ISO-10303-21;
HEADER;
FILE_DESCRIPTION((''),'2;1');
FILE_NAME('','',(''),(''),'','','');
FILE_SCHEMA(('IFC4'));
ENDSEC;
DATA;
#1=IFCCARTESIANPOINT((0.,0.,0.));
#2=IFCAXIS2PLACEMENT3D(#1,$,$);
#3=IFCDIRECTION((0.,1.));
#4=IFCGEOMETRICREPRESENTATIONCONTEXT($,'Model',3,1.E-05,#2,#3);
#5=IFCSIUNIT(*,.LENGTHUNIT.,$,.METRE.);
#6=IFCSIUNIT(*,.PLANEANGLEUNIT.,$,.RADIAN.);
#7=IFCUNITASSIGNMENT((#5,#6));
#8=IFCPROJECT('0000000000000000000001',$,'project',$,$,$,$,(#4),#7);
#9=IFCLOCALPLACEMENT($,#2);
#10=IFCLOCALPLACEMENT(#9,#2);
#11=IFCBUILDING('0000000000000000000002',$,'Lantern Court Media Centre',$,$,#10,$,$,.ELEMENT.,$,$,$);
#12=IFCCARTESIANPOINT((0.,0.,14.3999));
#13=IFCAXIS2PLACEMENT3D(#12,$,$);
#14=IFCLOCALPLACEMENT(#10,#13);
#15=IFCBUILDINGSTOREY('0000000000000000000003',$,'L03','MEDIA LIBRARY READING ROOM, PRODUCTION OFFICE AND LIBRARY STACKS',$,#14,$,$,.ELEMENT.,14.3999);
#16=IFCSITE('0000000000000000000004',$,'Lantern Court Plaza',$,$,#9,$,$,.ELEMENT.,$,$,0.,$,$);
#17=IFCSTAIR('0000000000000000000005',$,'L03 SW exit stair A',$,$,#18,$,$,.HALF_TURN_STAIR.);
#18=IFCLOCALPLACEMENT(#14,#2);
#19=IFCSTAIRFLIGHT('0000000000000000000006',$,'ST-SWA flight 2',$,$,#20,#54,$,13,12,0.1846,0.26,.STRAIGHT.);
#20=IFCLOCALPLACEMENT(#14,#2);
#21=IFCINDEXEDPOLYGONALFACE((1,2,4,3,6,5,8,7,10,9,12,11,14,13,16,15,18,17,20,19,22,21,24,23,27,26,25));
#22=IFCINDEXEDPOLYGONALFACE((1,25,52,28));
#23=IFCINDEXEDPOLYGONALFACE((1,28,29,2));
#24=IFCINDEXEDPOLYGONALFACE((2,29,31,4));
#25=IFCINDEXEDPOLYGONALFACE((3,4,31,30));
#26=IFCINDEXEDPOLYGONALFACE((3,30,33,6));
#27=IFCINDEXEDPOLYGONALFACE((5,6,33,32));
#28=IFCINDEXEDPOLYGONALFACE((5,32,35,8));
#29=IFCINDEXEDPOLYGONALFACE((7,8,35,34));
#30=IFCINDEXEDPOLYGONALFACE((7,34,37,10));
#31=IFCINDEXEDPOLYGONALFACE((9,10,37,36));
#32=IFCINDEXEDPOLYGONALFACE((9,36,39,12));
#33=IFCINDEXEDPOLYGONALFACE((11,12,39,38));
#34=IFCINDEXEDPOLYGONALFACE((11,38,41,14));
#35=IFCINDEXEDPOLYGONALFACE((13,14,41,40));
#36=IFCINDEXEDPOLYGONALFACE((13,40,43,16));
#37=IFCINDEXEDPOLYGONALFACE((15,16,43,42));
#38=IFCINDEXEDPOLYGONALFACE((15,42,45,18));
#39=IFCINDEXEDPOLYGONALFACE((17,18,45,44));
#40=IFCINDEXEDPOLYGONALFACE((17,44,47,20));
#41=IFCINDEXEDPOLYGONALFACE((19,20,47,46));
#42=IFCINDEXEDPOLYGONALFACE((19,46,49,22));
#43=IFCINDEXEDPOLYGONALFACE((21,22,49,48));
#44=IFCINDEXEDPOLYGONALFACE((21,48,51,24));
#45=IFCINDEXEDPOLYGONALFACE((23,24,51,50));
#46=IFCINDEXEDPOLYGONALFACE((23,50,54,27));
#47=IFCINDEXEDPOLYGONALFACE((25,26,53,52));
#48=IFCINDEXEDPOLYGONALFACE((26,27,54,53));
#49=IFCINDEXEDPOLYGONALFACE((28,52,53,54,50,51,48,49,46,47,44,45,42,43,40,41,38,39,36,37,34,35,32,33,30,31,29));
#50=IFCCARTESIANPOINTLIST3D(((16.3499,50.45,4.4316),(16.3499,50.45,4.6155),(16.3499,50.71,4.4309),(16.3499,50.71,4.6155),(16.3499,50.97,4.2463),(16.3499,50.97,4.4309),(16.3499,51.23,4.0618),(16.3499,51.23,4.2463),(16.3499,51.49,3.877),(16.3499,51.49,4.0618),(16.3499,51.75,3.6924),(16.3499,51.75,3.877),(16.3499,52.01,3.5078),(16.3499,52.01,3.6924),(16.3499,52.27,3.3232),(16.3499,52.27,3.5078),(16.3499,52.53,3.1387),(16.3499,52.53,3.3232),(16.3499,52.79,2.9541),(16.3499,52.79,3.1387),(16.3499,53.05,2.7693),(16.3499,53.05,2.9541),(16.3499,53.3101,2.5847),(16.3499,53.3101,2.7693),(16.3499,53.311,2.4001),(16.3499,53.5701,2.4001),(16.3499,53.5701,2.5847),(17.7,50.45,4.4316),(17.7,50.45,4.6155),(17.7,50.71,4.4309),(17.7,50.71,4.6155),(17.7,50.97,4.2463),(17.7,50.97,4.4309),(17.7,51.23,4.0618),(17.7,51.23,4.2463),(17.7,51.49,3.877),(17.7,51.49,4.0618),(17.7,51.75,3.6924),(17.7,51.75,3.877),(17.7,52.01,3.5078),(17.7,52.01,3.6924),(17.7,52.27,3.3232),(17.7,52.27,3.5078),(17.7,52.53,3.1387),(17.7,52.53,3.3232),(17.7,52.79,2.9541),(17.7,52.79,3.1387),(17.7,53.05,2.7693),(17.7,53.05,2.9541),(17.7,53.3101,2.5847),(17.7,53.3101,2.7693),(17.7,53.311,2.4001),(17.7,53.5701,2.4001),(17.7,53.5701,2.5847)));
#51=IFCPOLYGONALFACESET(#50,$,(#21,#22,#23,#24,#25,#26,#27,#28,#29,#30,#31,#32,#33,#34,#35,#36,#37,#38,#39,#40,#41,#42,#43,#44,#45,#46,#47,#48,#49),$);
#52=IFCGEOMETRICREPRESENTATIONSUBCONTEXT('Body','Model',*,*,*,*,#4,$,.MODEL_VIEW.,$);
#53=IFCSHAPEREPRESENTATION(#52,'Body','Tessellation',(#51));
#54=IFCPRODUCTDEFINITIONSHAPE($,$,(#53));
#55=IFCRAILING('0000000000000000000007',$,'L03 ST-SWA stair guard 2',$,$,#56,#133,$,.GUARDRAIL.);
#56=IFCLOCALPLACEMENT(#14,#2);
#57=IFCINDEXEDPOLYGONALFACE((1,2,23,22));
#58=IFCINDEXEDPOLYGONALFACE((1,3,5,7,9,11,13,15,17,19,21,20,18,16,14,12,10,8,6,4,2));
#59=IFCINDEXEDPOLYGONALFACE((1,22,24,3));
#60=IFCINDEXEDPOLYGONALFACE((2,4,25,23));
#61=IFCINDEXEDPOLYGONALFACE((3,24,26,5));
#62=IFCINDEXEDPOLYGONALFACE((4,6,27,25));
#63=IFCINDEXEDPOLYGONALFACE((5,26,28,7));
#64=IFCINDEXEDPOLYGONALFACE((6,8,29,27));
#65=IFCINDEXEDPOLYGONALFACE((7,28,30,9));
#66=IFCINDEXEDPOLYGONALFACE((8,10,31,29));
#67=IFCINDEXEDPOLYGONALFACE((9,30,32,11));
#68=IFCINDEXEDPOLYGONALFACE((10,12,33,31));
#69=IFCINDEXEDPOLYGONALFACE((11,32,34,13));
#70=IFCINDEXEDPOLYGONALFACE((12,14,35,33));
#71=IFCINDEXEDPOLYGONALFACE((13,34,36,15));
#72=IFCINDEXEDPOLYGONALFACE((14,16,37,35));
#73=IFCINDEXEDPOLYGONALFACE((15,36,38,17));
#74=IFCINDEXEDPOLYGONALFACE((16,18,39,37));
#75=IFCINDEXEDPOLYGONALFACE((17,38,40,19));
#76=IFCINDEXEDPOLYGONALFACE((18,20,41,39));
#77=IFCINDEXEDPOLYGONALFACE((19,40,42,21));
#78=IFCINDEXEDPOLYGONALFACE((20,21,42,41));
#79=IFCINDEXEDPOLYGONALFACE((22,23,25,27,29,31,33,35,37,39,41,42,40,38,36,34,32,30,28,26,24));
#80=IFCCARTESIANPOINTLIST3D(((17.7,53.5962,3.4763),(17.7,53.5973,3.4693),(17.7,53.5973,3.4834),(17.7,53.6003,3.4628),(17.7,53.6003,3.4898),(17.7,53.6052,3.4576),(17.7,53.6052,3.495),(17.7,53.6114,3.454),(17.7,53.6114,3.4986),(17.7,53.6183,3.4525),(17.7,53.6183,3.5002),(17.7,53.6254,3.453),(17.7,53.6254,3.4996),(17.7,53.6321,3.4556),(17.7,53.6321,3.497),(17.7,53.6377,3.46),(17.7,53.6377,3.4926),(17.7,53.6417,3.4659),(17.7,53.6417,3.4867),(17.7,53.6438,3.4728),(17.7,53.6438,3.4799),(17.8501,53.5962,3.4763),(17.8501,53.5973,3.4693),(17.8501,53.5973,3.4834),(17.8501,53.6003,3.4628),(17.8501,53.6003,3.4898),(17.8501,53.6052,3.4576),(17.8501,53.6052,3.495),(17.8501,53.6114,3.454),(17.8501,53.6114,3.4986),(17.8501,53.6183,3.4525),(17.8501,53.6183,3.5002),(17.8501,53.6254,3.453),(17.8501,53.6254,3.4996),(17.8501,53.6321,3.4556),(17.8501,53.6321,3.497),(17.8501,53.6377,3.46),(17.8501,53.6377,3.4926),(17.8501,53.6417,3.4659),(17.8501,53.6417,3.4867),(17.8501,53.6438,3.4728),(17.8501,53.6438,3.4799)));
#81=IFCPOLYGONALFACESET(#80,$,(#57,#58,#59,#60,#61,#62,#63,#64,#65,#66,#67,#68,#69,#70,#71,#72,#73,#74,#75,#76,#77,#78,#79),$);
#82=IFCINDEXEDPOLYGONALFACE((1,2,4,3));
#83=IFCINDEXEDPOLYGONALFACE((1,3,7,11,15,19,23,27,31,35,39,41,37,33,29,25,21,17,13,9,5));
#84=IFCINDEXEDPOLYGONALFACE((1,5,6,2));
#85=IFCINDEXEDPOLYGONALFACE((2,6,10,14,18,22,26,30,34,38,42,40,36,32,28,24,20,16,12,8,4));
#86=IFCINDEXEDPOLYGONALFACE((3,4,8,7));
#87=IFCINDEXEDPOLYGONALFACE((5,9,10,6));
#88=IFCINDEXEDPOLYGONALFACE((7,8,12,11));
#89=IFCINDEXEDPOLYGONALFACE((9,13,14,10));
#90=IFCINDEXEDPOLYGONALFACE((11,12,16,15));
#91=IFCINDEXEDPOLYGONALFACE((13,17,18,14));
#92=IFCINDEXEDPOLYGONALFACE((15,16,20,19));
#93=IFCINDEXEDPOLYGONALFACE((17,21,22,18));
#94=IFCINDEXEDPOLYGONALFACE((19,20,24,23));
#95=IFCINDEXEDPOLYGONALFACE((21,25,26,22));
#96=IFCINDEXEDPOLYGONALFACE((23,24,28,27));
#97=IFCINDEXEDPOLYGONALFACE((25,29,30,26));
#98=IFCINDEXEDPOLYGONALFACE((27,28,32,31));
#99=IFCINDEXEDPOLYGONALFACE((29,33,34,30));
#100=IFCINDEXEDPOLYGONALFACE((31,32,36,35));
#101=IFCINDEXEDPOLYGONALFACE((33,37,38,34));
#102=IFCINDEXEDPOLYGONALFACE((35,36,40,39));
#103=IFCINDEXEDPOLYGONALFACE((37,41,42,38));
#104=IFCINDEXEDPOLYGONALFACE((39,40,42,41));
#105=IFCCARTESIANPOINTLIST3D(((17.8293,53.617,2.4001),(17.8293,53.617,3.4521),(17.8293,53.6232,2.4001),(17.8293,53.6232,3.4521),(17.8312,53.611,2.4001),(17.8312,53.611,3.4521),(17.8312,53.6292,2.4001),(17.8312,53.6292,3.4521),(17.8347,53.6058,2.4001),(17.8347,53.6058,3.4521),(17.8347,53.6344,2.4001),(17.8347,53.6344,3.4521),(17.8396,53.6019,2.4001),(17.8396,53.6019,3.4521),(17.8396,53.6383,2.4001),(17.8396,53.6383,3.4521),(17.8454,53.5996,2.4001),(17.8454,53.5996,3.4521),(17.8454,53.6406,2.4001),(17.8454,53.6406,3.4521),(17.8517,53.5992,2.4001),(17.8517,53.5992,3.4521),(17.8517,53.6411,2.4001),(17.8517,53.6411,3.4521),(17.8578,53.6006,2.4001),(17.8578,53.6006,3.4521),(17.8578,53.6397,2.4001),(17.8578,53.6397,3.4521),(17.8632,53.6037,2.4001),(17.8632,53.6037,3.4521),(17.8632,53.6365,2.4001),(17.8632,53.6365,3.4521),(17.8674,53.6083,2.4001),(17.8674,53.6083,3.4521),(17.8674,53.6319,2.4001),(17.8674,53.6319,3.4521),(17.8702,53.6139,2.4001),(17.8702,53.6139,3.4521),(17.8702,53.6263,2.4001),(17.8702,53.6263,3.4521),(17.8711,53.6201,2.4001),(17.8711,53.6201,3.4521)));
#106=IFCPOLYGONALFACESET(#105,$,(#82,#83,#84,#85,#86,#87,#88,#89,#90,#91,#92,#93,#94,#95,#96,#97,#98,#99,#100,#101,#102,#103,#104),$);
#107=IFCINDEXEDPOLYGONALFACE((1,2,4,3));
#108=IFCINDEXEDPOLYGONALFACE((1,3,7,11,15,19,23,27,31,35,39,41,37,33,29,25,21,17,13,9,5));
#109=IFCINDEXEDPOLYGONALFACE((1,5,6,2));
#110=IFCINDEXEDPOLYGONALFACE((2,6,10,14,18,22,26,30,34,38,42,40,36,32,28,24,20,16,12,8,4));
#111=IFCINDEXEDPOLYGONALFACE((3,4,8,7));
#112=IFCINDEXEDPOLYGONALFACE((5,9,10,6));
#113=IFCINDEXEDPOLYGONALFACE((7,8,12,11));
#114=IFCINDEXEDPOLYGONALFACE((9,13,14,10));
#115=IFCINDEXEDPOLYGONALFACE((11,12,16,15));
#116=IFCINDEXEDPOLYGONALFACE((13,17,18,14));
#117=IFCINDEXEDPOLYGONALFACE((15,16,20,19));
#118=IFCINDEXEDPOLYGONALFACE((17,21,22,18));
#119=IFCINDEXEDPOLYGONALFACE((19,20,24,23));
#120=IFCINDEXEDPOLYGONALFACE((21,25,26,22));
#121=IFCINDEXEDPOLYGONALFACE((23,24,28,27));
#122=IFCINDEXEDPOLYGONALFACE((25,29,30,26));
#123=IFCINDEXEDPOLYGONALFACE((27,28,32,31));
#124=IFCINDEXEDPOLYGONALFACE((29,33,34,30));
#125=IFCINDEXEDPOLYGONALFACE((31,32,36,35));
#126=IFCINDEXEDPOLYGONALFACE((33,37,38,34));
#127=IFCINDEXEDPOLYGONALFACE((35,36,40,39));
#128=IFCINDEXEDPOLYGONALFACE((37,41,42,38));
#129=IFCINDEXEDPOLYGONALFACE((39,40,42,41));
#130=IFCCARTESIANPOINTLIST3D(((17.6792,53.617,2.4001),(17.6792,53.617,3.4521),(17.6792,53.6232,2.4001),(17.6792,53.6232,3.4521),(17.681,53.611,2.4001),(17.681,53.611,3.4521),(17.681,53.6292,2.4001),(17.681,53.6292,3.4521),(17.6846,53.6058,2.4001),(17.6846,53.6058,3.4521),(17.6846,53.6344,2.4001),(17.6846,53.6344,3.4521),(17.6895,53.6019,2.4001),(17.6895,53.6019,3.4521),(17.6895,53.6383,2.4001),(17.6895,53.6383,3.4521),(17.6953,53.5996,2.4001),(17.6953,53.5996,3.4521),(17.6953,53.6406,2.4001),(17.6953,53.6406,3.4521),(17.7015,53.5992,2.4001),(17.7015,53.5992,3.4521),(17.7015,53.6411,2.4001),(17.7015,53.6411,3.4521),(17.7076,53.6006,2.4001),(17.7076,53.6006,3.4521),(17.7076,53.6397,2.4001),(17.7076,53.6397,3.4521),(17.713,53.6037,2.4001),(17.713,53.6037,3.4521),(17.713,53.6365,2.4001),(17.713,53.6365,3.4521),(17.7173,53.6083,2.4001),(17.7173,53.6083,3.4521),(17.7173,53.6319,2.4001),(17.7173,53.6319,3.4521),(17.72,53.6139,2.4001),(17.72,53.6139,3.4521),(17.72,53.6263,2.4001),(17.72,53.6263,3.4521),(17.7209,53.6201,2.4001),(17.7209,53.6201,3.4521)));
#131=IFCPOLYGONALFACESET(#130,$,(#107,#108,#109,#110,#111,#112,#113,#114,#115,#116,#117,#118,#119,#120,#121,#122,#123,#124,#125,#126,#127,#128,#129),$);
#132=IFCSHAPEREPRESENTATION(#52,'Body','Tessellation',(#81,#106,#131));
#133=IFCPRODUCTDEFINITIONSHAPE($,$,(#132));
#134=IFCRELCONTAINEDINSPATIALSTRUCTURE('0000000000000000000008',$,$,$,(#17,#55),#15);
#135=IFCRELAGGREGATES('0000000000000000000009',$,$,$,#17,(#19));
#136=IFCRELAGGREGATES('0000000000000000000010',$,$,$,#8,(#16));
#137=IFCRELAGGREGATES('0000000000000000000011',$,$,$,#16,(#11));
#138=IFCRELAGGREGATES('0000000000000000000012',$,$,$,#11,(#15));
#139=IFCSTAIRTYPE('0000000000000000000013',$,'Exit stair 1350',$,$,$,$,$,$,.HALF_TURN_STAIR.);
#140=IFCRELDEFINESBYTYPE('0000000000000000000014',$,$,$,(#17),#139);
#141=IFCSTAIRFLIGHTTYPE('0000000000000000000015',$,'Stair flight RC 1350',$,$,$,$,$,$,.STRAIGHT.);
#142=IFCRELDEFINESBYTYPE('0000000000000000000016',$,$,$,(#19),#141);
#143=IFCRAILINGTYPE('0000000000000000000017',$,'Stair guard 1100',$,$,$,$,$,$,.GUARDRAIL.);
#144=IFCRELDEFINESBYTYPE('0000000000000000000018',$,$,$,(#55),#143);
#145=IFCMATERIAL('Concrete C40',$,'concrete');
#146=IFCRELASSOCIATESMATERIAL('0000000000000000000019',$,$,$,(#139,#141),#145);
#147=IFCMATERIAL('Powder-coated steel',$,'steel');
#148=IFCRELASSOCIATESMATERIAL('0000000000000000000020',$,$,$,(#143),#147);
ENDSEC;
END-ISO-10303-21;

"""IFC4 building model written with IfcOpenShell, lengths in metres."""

from ifc_helpers import new_model, si_unit, direction, frame, origin, origin_2d, place, context, subcontext, project, spatial, polyline, circle, outline, extrude, material, type_object, element, aggregate, save


model = new_model("IFC4")

# Units and contexts
model_context = context("Model", 3, precision=1e-05, world=origin(), true_north=direction((0.0, 1.0)))
body_context = subcontext(model_context, "Body", "Model", "MODEL_VIEW")
ifc_project = project(units=[si_unit("LENGTHUNIT", "METRE"), si_unit("PLANEANGLEUNIT", "RADIAN")], contexts=[model_context])

# Site, building, storey
site_placement = place(None, origin())
site = spatial("IfcSite", under=ifc_project, at=site_placement, Name="Lantern Court Plaza", CompositionType="ELEMENT", RefElevation=0.0)
building_placement = place(site_placement, origin())
building = spatial("IfcBuilding", under=site, at=building_placement, Name="Lantern Court Media Centre", CompositionType="ELEMENT")
storey_placement = place(building_placement, frame((0.0, 0.0, 14.3999)))
storey = spatial("IfcBuildingStorey", under=building, at=storey_placement, Name="L03", Description="MEDIA LIBRARY READING ROOM, PRODUCTION OFFICE AND LIBRARY STACKS", CompositionType="ELEMENT", Elevation=14.3999)

# Shared definitions
ifc_material_1 = material(Name="Concrete C40", Category="concrete")

# Stair, stair flight
stair_type = type_object("IfcStairType", Name="Exit stair 1350", PredefinedType="HALF_TURN_STAIR", material=ifc_material_1)
stair_placement = place(storey_placement, origin())
stair = element("IfcStair", 1, at=stair_placement, inside=storey, type_object=stair_type, Name="L03 SW exit stair A", PredefinedType="HALF_TURN_STAIR")
stair_flight_type = type_object("IfcStairFlightType", Name="Stair flight RC 1350", PredefinedType="STRAIGHT", material=ifc_material_1)
stair_flight_placement = place(storey_placement, frame((17.0249, 53.5701, 2.4001), z_axis=(0.0, 0.0, 1.0), x_axis=(0.0, -1.0, 0.0)))
stair_flight = element("IfcStairFlight", 2, at=stair_flight_placement, type_object=stair_flight_type, Name="ST-SWA flight 2", NumberOfRisers=13, NumberOfTreads=12, PredefinedType="STRAIGHT", RiserHeight=0.1846, TreadLength=0.26, context=body_context, shape_type="SweptSolid", body=[
    extrude(outline(polyline([(0.0, 0.0), (0.0, 0.1846), (0.26, 0.1846), (0.26, 0.3691), (0.52, 0.3691), (0.52, 0.554), (0.78, 0.554), (0.78, 0.7385), (1.04, 0.7385), (1.04, 0.9231), (1.3, 0.9231), (1.3, 1.1077), (1.5601, 1.1077), (1.5601, 1.2922), (1.8201, 1.2922), (1.8201, 1.4768), (2.0801, 1.4768), (2.0801, 1.6616), (2.3401, 1.6616), (2.3401, 1.8462), (2.6001, 1.8462), (2.6001, 2.0308), (2.8601, 2.0308), (2.8601, 2.2153), (3.1201, 2.2153), (3.1201, 2.3999), (3.1201, 2.0315), (0.259, 0.0), (0.0, 0.0)])), frame((0.0, 0.675, 0.0), z_axis=(0.0, -1.0, 0.0), x_axis=(1.0, 0.0, 0.0)), (0.0, 0.0, 1.0), 1.3501),
])
aggregate(stair, [stair_flight])

# Railing
ifc_material_2 = material(Name="Powder-coated steel", Category="steel")
railing_type_1 = type_object("IfcRailingType", Name="Stair guard 1100", PredefinedType="GUARDRAIL", material=ifc_material_2)
railing_1_placement = place(storey_placement, frame((17.8501, 53.6201, 2.4001)))
element("IfcRailing", 3, at=railing_1_placement, inside=storey, type_object=railing_type_1, Name="L03 ST-SWA stair guard 2", PredefinedType="GUARDRAIL", context=body_context, shape_type="SweptSolid", body=[
    extrude(circle(Radius=0.0239, at=origin_2d()), frame((0.0, 0.0, 1.0762), z_axis=(-1.0, 0.0, 0.0), x_axis=(0.0, -1.0, 0.0)), (0.0, 0.0, 1.0), 0.1501),
    extrude(circle(Radius=0.021, at=origin_2d()), origin(), (0.0, 0.0, 1.0), 1.052),
    extrude(circle(Radius=0.021, at=origin_2d()), frame((-0.1501, 0.0, 0.0)), (0.0, 0.0, 1.0), 1.052),
])

save(model, "model.ifc")
